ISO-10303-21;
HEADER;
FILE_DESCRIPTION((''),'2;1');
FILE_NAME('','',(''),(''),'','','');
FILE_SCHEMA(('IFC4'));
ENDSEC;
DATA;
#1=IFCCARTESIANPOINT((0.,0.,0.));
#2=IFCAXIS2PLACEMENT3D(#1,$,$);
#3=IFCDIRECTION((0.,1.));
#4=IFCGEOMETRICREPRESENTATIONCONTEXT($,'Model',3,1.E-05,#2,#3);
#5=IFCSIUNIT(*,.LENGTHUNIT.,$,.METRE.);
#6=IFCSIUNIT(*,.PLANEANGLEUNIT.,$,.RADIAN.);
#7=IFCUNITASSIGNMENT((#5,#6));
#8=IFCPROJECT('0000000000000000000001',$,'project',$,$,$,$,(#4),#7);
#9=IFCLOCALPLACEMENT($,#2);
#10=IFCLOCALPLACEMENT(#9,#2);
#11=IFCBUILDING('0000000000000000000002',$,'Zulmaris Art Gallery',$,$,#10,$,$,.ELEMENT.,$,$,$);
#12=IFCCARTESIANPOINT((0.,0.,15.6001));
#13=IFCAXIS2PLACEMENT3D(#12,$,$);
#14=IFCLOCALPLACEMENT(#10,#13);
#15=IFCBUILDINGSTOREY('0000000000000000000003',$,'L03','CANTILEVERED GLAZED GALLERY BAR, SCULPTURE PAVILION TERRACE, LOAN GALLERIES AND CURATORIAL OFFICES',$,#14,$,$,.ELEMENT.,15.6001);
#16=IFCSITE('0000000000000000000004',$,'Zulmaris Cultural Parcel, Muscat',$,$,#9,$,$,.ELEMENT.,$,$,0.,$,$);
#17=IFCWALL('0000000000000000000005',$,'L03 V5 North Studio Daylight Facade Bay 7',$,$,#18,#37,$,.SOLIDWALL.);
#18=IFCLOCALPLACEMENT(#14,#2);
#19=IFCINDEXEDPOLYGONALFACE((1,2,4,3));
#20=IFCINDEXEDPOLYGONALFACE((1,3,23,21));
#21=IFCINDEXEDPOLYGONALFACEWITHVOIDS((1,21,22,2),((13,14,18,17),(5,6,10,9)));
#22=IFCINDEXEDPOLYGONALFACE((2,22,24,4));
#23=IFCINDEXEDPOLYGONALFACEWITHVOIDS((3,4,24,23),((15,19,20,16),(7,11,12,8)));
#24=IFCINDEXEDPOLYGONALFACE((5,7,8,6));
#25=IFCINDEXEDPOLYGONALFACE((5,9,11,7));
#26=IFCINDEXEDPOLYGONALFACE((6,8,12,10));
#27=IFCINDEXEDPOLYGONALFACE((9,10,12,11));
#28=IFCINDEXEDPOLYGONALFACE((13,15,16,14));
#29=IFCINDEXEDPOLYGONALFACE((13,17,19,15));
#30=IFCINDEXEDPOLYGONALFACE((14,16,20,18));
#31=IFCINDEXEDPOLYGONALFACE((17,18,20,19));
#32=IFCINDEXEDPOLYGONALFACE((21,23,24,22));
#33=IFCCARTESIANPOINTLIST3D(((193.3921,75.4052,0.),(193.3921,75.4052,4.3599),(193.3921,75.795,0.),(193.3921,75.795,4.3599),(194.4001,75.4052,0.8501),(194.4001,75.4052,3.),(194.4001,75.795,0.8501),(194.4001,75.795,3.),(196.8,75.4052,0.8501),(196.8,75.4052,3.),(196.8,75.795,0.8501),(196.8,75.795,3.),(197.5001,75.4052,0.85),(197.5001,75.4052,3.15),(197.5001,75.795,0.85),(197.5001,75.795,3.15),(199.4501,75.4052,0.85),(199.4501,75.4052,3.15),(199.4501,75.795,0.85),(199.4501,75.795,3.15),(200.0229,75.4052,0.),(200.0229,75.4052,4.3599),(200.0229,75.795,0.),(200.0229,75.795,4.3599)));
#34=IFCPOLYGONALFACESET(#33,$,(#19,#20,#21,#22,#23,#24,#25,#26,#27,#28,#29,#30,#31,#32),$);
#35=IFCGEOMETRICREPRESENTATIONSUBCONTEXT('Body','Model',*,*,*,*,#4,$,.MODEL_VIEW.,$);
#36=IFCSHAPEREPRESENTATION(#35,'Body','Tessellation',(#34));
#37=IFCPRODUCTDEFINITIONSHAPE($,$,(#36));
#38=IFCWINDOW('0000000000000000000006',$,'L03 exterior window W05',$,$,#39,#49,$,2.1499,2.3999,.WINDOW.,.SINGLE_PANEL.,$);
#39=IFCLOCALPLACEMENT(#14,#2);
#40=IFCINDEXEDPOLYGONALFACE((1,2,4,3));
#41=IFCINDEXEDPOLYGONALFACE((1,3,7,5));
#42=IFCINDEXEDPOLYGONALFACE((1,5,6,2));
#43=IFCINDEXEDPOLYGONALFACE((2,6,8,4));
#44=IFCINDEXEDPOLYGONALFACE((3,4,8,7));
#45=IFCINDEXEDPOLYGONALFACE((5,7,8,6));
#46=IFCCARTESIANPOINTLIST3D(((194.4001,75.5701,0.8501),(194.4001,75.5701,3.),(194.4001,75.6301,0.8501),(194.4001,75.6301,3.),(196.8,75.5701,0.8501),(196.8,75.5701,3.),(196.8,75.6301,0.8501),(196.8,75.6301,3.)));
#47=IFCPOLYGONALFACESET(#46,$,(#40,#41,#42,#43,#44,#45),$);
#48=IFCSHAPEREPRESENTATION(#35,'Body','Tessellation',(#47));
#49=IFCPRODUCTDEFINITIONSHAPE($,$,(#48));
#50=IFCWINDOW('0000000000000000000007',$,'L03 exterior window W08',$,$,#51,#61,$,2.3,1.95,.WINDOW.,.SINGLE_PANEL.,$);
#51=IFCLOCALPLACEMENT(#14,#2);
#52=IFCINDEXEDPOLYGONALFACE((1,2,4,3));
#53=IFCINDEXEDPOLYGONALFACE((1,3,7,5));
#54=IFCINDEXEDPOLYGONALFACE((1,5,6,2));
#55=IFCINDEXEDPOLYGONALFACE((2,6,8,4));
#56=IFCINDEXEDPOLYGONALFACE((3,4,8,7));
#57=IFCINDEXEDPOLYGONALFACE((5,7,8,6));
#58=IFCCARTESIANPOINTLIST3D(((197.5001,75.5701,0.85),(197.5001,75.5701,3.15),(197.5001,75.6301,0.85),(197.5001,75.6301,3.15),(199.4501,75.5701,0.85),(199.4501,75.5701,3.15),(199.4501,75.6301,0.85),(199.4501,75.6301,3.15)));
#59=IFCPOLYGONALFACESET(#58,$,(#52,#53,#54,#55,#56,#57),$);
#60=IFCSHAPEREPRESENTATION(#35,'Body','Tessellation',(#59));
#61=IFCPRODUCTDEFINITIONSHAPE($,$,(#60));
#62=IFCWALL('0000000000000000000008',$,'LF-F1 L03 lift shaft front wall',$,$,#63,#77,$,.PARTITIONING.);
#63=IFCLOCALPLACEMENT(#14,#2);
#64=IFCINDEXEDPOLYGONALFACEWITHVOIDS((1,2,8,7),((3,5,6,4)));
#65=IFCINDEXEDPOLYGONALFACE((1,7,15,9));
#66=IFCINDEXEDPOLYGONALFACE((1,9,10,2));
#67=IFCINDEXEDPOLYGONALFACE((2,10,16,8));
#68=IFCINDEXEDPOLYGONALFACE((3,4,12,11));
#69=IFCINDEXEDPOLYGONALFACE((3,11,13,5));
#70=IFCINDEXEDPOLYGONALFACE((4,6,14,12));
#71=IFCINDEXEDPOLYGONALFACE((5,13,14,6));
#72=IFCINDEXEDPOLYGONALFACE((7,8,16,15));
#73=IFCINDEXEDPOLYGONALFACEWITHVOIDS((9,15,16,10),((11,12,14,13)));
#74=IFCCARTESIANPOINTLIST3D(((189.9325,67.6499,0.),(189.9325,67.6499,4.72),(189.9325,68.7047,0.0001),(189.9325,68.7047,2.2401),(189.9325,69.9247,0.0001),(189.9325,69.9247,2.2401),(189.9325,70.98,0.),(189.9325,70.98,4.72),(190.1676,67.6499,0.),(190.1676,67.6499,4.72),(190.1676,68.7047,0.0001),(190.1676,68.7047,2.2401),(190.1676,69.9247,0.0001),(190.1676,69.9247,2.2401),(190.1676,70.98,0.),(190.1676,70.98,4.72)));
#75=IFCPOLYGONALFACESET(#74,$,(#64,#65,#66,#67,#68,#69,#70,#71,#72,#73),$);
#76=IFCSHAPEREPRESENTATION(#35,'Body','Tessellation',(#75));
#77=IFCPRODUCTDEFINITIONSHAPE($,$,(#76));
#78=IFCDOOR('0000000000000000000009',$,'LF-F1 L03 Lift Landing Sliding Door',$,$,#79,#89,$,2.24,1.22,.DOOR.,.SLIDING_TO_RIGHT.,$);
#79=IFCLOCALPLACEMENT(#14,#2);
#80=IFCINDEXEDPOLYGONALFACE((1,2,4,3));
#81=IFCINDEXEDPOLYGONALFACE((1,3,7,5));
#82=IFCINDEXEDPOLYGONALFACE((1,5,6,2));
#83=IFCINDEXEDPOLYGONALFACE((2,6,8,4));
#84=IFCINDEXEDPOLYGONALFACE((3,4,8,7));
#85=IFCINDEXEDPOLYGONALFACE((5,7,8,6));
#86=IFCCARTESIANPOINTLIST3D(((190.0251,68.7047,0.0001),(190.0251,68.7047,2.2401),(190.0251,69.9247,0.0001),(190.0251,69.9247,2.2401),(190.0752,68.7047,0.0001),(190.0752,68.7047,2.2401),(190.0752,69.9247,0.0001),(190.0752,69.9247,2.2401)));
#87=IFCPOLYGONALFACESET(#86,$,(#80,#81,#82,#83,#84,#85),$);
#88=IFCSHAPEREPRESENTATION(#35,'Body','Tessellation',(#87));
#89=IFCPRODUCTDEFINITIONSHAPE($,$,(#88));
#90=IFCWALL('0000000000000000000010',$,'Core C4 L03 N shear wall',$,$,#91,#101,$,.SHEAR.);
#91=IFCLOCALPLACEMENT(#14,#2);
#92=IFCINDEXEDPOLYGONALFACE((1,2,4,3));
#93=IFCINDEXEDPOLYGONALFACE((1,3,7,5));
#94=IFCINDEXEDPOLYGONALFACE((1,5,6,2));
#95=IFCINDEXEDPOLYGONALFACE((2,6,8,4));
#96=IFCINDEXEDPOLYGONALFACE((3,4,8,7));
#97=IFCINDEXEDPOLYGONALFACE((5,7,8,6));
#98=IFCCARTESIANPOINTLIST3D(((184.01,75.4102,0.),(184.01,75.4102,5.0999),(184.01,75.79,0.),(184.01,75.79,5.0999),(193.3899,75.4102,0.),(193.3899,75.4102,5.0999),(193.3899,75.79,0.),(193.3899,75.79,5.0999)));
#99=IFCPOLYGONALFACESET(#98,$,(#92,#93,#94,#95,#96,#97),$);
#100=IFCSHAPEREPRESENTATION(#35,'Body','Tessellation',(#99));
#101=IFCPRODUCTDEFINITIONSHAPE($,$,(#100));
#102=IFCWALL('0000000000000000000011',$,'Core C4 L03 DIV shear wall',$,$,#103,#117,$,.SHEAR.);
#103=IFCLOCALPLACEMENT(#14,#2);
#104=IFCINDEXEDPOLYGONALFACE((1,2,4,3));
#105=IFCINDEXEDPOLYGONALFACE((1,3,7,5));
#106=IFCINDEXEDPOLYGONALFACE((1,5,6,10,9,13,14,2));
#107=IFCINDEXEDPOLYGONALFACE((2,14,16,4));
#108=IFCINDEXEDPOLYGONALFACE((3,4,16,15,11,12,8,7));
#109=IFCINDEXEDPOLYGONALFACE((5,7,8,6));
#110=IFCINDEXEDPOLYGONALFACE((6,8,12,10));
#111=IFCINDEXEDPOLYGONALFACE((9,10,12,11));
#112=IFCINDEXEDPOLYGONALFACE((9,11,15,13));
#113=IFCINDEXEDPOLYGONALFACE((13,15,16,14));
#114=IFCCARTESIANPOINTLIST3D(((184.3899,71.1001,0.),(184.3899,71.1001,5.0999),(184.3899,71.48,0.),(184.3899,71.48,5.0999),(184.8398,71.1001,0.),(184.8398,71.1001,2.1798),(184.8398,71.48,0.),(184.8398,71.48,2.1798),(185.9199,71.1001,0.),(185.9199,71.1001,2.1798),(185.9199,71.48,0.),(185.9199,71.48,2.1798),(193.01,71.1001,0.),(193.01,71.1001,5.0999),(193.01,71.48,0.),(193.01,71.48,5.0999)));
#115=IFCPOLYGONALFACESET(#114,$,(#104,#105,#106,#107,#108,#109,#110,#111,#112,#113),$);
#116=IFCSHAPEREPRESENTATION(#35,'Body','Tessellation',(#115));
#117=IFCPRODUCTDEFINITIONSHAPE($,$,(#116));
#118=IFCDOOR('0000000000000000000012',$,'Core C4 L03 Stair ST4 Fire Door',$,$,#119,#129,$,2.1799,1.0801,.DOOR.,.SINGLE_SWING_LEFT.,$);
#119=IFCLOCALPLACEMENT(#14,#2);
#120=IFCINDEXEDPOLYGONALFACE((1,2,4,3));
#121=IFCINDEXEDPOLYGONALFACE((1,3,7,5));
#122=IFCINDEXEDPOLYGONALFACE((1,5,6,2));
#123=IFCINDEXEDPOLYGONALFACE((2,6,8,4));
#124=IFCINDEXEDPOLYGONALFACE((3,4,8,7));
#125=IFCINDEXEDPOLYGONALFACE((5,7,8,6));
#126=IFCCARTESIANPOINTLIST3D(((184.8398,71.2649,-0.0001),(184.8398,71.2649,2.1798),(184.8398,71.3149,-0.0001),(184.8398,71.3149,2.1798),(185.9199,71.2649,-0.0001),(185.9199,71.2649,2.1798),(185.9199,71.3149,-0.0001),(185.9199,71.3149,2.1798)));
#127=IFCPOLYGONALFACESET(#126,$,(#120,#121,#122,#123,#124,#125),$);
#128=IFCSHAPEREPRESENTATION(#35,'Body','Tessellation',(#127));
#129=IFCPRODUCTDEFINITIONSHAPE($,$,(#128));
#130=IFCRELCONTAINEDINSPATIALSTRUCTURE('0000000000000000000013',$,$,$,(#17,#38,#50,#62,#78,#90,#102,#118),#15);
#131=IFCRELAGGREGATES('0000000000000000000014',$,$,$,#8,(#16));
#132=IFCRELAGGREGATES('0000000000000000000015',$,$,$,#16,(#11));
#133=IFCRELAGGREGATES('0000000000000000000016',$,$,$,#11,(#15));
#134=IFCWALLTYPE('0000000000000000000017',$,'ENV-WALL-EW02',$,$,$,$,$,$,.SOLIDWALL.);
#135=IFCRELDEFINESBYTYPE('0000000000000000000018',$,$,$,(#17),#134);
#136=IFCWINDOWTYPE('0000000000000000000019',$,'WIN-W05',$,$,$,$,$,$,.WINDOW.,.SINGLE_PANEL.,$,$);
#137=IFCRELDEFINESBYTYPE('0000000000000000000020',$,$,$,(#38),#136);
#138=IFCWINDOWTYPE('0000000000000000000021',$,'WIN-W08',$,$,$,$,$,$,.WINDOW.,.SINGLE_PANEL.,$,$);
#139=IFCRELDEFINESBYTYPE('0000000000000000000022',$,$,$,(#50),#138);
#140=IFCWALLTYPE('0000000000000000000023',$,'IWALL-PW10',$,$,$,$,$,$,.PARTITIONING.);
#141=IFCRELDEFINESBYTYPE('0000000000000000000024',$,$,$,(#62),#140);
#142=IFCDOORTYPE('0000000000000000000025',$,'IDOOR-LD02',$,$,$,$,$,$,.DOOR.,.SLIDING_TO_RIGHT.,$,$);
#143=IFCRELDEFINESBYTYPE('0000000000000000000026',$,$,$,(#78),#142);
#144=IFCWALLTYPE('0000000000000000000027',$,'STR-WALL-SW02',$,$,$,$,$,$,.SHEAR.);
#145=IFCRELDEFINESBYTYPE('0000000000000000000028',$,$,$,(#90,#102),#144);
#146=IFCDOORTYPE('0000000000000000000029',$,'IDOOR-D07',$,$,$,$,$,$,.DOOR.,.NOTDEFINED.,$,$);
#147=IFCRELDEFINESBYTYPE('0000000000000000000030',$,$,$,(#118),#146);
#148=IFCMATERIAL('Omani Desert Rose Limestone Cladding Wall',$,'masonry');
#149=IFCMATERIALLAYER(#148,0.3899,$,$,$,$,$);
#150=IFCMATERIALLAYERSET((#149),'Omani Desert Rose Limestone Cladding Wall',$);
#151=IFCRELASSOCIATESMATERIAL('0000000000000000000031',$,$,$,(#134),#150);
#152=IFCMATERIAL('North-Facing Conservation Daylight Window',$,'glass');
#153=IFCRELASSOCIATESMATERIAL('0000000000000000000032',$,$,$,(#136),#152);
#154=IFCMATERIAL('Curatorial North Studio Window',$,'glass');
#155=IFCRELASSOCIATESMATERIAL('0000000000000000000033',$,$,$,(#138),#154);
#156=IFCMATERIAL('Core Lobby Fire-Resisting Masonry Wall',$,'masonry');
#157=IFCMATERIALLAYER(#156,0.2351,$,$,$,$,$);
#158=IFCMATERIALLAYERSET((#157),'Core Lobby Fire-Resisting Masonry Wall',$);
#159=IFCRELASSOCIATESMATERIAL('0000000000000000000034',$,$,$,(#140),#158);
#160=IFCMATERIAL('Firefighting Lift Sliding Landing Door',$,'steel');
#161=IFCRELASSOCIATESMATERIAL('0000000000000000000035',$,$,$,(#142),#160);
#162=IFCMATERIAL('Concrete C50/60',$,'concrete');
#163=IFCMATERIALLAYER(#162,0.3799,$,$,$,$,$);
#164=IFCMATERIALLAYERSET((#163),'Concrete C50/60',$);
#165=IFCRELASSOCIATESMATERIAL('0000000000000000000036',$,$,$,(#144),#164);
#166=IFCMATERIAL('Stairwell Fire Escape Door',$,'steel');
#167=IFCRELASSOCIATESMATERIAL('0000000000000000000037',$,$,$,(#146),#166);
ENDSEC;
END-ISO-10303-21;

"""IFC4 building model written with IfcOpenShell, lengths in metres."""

from ifc_helpers import new_model, si_unit, direction, frame, frame_2d, origin, place, context, subcontext, project, spatial, rectangle, extrude, material, layer, layer_set, type_object, element, fill, save


model = new_model("IFC4")

# Units and contexts
model_context = context("Model", 3, precision=1e-05, world=origin(), true_north=direction((0.0, 1.0)))
body_context = subcontext(model_context, "Body", "Model", "MODEL_VIEW")
ifc_project = project(units=[si_unit("LENGTHUNIT", "METRE"), si_unit("PLANEANGLEUNIT", "RADIAN")], contexts=[model_context])

# Site, building, storey
site_placement = place(None, origin())
site = spatial("IfcSite", under=ifc_project, at=site_placement, Name="Zulmaris Cultural Parcel, Muscat", CompositionType="ELEMENT", RefElevation=0.0)
building_placement = place(site_placement, origin())
building = spatial("IfcBuilding", under=site, at=building_placement, Name="Zulmaris Art Gallery", CompositionType="ELEMENT")
storey_placement = place(building_placement, frame((0.0, 0.0, 15.6001)))
storey = spatial("IfcBuildingStorey", under=building, at=storey_placement, Name="L03", Description="CANTILEVERED GLAZED GALLERY BAR, SCULPTURE PAVILION TERRACE, LOAN GALLERIES AND CURATORIAL OFFICES", CompositionType="ELEMENT", Elevation=15.6001)

# Wall, openings, windows
ifc_material_1 = material(Name="Omani Desert Rose Limestone Cladding Wall", Category="masonry")
ifc_layer_1 = layer(ifc_material_1, 0.3899)
ifc_layer_set_1 = layer_set([ifc_layer_1], Name="Omani Desert Rose Limestone Cladding Wall")
wall_type_1 = type_object("IfcWallType", Name="ENV-WALL-EW02", PredefinedType="SOLIDWALL", material=ifc_layer_set_1)
wall_1_placement = place(storey_placement, frame((193.3921, 75.6001, 0.0), z_axis=(0.0, 0.0, 1.0), x_axis=(1.0, 0.0, 0.0)))
wall_1 = element("IfcWall", 1, at=wall_1_placement, inside=storey, type_object=wall_type_1, Name="L03 V5 North Studio Daylight Facade Bay 7", PredefinedType="SOLIDWALL", context=body_context, shape_type="SweptSolid", body=[
    extrude(rectangle(XDim=6.6309, YDim=0.3899, at=frame_2d((3.3154, 0.0))), origin(), (0.0, 0.0, 1.0), 4.3599),
])
opening_1_placement = place(wall_1_placement, frame((1.0081, 0.0, 0.8501)))
opening_1 = element("IfcOpeningElement", 2, at=opening_1_placement, cuts=wall_1, PredefinedType="OPENING", context=body_context, shape_type="SweptSolid", body=[
    extrude(rectangle(XDim=2.3999, YDim=2.1499, at=frame_2d((1.2, 1.075))), frame((0.0, 0.2048, 0.0), z_axis=(0.0, -1.0, 0.0), x_axis=(1.0, 0.0, 0.0)), (0.0, 0.0, 1.0), 0.4099),
])
opening_2_placement = place(wall_1_placement, frame((4.1079, 0.0, 0.8501)))
opening_2 = element("IfcOpeningElement", 3, at=opening_2_placement, cuts=wall_1, PredefinedType="OPENING", context=body_context, shape_type="SweptSolid", body=[
    extrude(rectangle(XDim=1.95, YDim=2.3, at=frame_2d((0.9751, 1.1499))), frame((0.0, 0.2048, 0.0), z_axis=(0.0, -1.0, 0.0), x_axis=(1.0, 0.0, 0.0)), (0.0, 0.0, 1.0), 0.4099),
])
ifc_material_2 = material(Name="North-Facing Conservation Daylight Window", Category="glass")
window_type_1 = type_object("IfcWindowType", Name="WIN-W05", PartitioningType="SINGLE_PANEL", PredefinedType="WINDOW", material=ifc_material_2)
window_1_placement = place(opening_1_placement, origin())
window_1 = element("IfcWindow", 4, at=window_1_placement, inside=storey, type_object=window_type_1, Name="L03 exterior window W05", OverallHeight=2.1499, OverallWidth=2.3999, PartitioningType="SINGLE_PANEL", PredefinedType="WINDOW", context=body_context, shape_type="SweptSolid", body=[
    extrude(rectangle(XDim=2.3999, YDim=2.1499, at=frame_2d((1.2, 1.075))), frame((0.0, 0.03, 0.0), z_axis=(0.0, -1.0, 0.0), x_axis=(1.0, 0.0, 0.0)), (0.0, 0.0, 1.0), 0.0601),
])
fill(opening_1, window_1)
ifc_material_3 = material(Name="Curatorial North Studio Window", Category="glass")
window_type_2 = type_object("IfcWindowType", Name="WIN-W08", PartitioningType="SINGLE_PANEL", PredefinedType="WINDOW", material=ifc_material_3)
window_2_placement = place(opening_2_placement, origin())
window_2 = element("IfcWindow", 5, at=window_2_placement, inside=storey, type_object=window_type_2, Name="L03 exterior window W08", OverallHeight=2.3, OverallWidth=1.95, PartitioningType="SINGLE_PANEL", PredefinedType="WINDOW", context=body_context, shape_type="SweptSolid", body=[
    extrude(rectangle(XDim=1.95, YDim=2.3, at=frame_2d((0.9751, 1.1499))), frame((0.0, 0.03, 0.0), z_axis=(0.0, -1.0, 0.0), x_axis=(1.0, 0.0, 0.0)), (0.0, 0.0, 1.0), 0.0601),
])
fill(opening_2, window_2)

# Wall, opening, door
ifc_material_4 = material(Name="Core Lobby Fire-Resisting Masonry Wall", Category="masonry")
ifc_layer_2 = layer(ifc_material_4, 0.2351)
ifc_layer_set_2 = layer_set([ifc_layer_2], Name="Core Lobby Fire-Resisting Masonry Wall")
wall_type_2 = type_object("IfcWallType", Name="IWALL-PW10", PredefinedType="PARTITIONING", material=ifc_layer_set_2)
wall_2_placement = place(storey_placement, frame((190.05, 67.6499, 0.0), z_axis=(0.0, 0.0, 1.0), x_axis=(0.0, 1.0, 0.0)))
wall_2 = element("IfcWall", 6, at=wall_2_placement, inside=storey, type_object=wall_type_2, Name="LF-F1 L03 lift shaft front wall", PredefinedType="PARTITIONING", context=body_context, shape_type="SweptSolid", body=[
    extrude(rectangle(XDim=3.3301, YDim=0.2351, at=frame_2d((1.665, 0.0))), origin(), (0.0, 0.0, 1.0), 4.72),
])
opening_3_placement = place(wall_2_placement, frame((1.0549, 0.0, 0.0)))
opening_3 = element("IfcOpeningElement", 7, at=opening_3_placement, cuts=wall_2, PredefinedType="OPENING", context=body_context, shape_type="SweptSolid", body=[
    extrude(rectangle(XDim=1.22, YDim=2.24, at=frame_2d((0.6099, 1.1201))), frame((0.0, 0.1274, 0.0), z_axis=(0.0, -1.0, 0.0), x_axis=(1.0, 0.0, 0.0)), (0.0, 0.0, 1.0), 0.2551),
])
ifc_material_5 = material(Name="Firefighting Lift Sliding Landing Door", Category="steel")
door_type_1 = type_object("IfcDoorType", Name="IDOOR-LD02", OperationType="SLIDING_TO_RIGHT", PredefinedType="DOOR", material=ifc_material_5)
door_1_placement = place(opening_3_placement, origin())
door_1 = element("IfcDoor", 8, at=door_1_placement, inside=storey, type_object=door_type_1, Name="LF-F1 L03 Lift Landing Sliding Door", OperationType="SLIDING_TO_RIGHT", OverallHeight=2.24, OverallWidth=1.22, PredefinedType="DOOR", context=body_context, shape_type="SweptSolid", body=[
    extrude(rectangle(XDim=1.22, YDim=2.24, at=frame_2d((0.6099, 1.1201))), frame((0.0, 0.0249, 0.0), z_axis=(0.0, -1.0, 0.0), x_axis=(1.0, 0.0, 0.0)), (0.0, 0.0, 1.0), 0.05),
])
fill(opening_3, door_1)

# Wall
ifc_material_6 = material(Name="Concrete C50/60", Category="concrete")
ifc_layer_3 = layer(ifc_material_6, 0.3799)
ifc_layer_set_3 = layer_set([ifc_layer_3], Name="Concrete C50/60")
wall_type_3 = type_object("IfcWallType", Name="STR-WALL-SW02", PredefinedType="SHEAR", material=ifc_layer_set_3)
wall_3_placement = place(storey_placement, frame((184.01, 75.6001, 0.0), z_axis=(0.0, 0.0, 1.0), x_axis=(1.0, 0.0, 0.0)))
element("IfcWall", 9, at=wall_3_placement, inside=storey, type_object=wall_type_3, Name="Core C4 L03 N shear wall", PredefinedType="SHEAR", context=body_context, shape_type="SweptSolid", body=[
    extrude(rectangle(XDim=9.3799, YDim=0.3799, at=frame_2d((4.6899, 0.0))), origin(), (0.0, 0.0, 1.0), 5.0999),
])

# Wall, opening, door
wall_4_placement = place(storey_placement, frame((184.3899, 71.29, 0.0), z_axis=(0.0, 0.0, 1.0), x_axis=(1.0, 0.0, 0.0)))
wall_4 = element("IfcWall", 10, at=wall_4_placement, inside=storey, type_object=wall_type_3, Name="Core C4 L03 DIV shear wall", PredefinedType="SHEAR", context=body_context, shape_type="SweptSolid", body=[
    extrude(rectangle(XDim=8.6201, YDim=0.3799, at=frame_2d((4.3101, 0.0))), origin(), (0.0, 0.0, 1.0), 5.0999),
])
opening_4_placement = place(wall_4_placement, frame((0.45, 0.0, 0.0)))
opening_4 = element("IfcOpeningElement", 11, at=opening_4_placement, cuts=wall_4, PredefinedType="OPENING", context=body_context, shape_type="SweptSolid", body=[
    extrude(rectangle(XDim=1.0801, YDim=2.1799, at=frame_2d((0.54, 1.0898))), frame((0.0, 0.2, 0.0), z_axis=(0.0, -1.0, 0.0), x_axis=(1.0, 0.0, 0.0)), (0.0, 0.0, 1.0), 0.3999),
])
ifc_material_7 = material(Name="Stairwell Fire Escape Door", Category="steel")
door_type_2 = type_object("IfcDoorType", Name="IDOOR-D07", OperationType="NOTDEFINED", PredefinedType="DOOR", material=ifc_material_7)
door_2_placement = place(opening_4_placement, origin())
door_2 = element("IfcDoor", 12, at=door_2_placement, inside=storey, type_object=door_type_2, Name="Core C4 L03 Stair ST4 Fire Door", OperationType="SINGLE_SWING_LEFT", OverallHeight=2.1799, OverallWidth=1.0801, PredefinedType="DOOR", context=body_context, shape_type="SweptSolid", body=[
    extrude(rectangle(XDim=1.0801, YDim=2.1799, at=frame_2d((0.54, 1.0898))), frame((0.0, 0.0249, 0.0), z_axis=(0.0, -1.0, 0.0), x_axis=(1.0, 0.0, 0.0)), (0.0, 0.0, 1.0), 0.05),
])
fill(opening_4, door_2)

save(model, "model.ifc")
